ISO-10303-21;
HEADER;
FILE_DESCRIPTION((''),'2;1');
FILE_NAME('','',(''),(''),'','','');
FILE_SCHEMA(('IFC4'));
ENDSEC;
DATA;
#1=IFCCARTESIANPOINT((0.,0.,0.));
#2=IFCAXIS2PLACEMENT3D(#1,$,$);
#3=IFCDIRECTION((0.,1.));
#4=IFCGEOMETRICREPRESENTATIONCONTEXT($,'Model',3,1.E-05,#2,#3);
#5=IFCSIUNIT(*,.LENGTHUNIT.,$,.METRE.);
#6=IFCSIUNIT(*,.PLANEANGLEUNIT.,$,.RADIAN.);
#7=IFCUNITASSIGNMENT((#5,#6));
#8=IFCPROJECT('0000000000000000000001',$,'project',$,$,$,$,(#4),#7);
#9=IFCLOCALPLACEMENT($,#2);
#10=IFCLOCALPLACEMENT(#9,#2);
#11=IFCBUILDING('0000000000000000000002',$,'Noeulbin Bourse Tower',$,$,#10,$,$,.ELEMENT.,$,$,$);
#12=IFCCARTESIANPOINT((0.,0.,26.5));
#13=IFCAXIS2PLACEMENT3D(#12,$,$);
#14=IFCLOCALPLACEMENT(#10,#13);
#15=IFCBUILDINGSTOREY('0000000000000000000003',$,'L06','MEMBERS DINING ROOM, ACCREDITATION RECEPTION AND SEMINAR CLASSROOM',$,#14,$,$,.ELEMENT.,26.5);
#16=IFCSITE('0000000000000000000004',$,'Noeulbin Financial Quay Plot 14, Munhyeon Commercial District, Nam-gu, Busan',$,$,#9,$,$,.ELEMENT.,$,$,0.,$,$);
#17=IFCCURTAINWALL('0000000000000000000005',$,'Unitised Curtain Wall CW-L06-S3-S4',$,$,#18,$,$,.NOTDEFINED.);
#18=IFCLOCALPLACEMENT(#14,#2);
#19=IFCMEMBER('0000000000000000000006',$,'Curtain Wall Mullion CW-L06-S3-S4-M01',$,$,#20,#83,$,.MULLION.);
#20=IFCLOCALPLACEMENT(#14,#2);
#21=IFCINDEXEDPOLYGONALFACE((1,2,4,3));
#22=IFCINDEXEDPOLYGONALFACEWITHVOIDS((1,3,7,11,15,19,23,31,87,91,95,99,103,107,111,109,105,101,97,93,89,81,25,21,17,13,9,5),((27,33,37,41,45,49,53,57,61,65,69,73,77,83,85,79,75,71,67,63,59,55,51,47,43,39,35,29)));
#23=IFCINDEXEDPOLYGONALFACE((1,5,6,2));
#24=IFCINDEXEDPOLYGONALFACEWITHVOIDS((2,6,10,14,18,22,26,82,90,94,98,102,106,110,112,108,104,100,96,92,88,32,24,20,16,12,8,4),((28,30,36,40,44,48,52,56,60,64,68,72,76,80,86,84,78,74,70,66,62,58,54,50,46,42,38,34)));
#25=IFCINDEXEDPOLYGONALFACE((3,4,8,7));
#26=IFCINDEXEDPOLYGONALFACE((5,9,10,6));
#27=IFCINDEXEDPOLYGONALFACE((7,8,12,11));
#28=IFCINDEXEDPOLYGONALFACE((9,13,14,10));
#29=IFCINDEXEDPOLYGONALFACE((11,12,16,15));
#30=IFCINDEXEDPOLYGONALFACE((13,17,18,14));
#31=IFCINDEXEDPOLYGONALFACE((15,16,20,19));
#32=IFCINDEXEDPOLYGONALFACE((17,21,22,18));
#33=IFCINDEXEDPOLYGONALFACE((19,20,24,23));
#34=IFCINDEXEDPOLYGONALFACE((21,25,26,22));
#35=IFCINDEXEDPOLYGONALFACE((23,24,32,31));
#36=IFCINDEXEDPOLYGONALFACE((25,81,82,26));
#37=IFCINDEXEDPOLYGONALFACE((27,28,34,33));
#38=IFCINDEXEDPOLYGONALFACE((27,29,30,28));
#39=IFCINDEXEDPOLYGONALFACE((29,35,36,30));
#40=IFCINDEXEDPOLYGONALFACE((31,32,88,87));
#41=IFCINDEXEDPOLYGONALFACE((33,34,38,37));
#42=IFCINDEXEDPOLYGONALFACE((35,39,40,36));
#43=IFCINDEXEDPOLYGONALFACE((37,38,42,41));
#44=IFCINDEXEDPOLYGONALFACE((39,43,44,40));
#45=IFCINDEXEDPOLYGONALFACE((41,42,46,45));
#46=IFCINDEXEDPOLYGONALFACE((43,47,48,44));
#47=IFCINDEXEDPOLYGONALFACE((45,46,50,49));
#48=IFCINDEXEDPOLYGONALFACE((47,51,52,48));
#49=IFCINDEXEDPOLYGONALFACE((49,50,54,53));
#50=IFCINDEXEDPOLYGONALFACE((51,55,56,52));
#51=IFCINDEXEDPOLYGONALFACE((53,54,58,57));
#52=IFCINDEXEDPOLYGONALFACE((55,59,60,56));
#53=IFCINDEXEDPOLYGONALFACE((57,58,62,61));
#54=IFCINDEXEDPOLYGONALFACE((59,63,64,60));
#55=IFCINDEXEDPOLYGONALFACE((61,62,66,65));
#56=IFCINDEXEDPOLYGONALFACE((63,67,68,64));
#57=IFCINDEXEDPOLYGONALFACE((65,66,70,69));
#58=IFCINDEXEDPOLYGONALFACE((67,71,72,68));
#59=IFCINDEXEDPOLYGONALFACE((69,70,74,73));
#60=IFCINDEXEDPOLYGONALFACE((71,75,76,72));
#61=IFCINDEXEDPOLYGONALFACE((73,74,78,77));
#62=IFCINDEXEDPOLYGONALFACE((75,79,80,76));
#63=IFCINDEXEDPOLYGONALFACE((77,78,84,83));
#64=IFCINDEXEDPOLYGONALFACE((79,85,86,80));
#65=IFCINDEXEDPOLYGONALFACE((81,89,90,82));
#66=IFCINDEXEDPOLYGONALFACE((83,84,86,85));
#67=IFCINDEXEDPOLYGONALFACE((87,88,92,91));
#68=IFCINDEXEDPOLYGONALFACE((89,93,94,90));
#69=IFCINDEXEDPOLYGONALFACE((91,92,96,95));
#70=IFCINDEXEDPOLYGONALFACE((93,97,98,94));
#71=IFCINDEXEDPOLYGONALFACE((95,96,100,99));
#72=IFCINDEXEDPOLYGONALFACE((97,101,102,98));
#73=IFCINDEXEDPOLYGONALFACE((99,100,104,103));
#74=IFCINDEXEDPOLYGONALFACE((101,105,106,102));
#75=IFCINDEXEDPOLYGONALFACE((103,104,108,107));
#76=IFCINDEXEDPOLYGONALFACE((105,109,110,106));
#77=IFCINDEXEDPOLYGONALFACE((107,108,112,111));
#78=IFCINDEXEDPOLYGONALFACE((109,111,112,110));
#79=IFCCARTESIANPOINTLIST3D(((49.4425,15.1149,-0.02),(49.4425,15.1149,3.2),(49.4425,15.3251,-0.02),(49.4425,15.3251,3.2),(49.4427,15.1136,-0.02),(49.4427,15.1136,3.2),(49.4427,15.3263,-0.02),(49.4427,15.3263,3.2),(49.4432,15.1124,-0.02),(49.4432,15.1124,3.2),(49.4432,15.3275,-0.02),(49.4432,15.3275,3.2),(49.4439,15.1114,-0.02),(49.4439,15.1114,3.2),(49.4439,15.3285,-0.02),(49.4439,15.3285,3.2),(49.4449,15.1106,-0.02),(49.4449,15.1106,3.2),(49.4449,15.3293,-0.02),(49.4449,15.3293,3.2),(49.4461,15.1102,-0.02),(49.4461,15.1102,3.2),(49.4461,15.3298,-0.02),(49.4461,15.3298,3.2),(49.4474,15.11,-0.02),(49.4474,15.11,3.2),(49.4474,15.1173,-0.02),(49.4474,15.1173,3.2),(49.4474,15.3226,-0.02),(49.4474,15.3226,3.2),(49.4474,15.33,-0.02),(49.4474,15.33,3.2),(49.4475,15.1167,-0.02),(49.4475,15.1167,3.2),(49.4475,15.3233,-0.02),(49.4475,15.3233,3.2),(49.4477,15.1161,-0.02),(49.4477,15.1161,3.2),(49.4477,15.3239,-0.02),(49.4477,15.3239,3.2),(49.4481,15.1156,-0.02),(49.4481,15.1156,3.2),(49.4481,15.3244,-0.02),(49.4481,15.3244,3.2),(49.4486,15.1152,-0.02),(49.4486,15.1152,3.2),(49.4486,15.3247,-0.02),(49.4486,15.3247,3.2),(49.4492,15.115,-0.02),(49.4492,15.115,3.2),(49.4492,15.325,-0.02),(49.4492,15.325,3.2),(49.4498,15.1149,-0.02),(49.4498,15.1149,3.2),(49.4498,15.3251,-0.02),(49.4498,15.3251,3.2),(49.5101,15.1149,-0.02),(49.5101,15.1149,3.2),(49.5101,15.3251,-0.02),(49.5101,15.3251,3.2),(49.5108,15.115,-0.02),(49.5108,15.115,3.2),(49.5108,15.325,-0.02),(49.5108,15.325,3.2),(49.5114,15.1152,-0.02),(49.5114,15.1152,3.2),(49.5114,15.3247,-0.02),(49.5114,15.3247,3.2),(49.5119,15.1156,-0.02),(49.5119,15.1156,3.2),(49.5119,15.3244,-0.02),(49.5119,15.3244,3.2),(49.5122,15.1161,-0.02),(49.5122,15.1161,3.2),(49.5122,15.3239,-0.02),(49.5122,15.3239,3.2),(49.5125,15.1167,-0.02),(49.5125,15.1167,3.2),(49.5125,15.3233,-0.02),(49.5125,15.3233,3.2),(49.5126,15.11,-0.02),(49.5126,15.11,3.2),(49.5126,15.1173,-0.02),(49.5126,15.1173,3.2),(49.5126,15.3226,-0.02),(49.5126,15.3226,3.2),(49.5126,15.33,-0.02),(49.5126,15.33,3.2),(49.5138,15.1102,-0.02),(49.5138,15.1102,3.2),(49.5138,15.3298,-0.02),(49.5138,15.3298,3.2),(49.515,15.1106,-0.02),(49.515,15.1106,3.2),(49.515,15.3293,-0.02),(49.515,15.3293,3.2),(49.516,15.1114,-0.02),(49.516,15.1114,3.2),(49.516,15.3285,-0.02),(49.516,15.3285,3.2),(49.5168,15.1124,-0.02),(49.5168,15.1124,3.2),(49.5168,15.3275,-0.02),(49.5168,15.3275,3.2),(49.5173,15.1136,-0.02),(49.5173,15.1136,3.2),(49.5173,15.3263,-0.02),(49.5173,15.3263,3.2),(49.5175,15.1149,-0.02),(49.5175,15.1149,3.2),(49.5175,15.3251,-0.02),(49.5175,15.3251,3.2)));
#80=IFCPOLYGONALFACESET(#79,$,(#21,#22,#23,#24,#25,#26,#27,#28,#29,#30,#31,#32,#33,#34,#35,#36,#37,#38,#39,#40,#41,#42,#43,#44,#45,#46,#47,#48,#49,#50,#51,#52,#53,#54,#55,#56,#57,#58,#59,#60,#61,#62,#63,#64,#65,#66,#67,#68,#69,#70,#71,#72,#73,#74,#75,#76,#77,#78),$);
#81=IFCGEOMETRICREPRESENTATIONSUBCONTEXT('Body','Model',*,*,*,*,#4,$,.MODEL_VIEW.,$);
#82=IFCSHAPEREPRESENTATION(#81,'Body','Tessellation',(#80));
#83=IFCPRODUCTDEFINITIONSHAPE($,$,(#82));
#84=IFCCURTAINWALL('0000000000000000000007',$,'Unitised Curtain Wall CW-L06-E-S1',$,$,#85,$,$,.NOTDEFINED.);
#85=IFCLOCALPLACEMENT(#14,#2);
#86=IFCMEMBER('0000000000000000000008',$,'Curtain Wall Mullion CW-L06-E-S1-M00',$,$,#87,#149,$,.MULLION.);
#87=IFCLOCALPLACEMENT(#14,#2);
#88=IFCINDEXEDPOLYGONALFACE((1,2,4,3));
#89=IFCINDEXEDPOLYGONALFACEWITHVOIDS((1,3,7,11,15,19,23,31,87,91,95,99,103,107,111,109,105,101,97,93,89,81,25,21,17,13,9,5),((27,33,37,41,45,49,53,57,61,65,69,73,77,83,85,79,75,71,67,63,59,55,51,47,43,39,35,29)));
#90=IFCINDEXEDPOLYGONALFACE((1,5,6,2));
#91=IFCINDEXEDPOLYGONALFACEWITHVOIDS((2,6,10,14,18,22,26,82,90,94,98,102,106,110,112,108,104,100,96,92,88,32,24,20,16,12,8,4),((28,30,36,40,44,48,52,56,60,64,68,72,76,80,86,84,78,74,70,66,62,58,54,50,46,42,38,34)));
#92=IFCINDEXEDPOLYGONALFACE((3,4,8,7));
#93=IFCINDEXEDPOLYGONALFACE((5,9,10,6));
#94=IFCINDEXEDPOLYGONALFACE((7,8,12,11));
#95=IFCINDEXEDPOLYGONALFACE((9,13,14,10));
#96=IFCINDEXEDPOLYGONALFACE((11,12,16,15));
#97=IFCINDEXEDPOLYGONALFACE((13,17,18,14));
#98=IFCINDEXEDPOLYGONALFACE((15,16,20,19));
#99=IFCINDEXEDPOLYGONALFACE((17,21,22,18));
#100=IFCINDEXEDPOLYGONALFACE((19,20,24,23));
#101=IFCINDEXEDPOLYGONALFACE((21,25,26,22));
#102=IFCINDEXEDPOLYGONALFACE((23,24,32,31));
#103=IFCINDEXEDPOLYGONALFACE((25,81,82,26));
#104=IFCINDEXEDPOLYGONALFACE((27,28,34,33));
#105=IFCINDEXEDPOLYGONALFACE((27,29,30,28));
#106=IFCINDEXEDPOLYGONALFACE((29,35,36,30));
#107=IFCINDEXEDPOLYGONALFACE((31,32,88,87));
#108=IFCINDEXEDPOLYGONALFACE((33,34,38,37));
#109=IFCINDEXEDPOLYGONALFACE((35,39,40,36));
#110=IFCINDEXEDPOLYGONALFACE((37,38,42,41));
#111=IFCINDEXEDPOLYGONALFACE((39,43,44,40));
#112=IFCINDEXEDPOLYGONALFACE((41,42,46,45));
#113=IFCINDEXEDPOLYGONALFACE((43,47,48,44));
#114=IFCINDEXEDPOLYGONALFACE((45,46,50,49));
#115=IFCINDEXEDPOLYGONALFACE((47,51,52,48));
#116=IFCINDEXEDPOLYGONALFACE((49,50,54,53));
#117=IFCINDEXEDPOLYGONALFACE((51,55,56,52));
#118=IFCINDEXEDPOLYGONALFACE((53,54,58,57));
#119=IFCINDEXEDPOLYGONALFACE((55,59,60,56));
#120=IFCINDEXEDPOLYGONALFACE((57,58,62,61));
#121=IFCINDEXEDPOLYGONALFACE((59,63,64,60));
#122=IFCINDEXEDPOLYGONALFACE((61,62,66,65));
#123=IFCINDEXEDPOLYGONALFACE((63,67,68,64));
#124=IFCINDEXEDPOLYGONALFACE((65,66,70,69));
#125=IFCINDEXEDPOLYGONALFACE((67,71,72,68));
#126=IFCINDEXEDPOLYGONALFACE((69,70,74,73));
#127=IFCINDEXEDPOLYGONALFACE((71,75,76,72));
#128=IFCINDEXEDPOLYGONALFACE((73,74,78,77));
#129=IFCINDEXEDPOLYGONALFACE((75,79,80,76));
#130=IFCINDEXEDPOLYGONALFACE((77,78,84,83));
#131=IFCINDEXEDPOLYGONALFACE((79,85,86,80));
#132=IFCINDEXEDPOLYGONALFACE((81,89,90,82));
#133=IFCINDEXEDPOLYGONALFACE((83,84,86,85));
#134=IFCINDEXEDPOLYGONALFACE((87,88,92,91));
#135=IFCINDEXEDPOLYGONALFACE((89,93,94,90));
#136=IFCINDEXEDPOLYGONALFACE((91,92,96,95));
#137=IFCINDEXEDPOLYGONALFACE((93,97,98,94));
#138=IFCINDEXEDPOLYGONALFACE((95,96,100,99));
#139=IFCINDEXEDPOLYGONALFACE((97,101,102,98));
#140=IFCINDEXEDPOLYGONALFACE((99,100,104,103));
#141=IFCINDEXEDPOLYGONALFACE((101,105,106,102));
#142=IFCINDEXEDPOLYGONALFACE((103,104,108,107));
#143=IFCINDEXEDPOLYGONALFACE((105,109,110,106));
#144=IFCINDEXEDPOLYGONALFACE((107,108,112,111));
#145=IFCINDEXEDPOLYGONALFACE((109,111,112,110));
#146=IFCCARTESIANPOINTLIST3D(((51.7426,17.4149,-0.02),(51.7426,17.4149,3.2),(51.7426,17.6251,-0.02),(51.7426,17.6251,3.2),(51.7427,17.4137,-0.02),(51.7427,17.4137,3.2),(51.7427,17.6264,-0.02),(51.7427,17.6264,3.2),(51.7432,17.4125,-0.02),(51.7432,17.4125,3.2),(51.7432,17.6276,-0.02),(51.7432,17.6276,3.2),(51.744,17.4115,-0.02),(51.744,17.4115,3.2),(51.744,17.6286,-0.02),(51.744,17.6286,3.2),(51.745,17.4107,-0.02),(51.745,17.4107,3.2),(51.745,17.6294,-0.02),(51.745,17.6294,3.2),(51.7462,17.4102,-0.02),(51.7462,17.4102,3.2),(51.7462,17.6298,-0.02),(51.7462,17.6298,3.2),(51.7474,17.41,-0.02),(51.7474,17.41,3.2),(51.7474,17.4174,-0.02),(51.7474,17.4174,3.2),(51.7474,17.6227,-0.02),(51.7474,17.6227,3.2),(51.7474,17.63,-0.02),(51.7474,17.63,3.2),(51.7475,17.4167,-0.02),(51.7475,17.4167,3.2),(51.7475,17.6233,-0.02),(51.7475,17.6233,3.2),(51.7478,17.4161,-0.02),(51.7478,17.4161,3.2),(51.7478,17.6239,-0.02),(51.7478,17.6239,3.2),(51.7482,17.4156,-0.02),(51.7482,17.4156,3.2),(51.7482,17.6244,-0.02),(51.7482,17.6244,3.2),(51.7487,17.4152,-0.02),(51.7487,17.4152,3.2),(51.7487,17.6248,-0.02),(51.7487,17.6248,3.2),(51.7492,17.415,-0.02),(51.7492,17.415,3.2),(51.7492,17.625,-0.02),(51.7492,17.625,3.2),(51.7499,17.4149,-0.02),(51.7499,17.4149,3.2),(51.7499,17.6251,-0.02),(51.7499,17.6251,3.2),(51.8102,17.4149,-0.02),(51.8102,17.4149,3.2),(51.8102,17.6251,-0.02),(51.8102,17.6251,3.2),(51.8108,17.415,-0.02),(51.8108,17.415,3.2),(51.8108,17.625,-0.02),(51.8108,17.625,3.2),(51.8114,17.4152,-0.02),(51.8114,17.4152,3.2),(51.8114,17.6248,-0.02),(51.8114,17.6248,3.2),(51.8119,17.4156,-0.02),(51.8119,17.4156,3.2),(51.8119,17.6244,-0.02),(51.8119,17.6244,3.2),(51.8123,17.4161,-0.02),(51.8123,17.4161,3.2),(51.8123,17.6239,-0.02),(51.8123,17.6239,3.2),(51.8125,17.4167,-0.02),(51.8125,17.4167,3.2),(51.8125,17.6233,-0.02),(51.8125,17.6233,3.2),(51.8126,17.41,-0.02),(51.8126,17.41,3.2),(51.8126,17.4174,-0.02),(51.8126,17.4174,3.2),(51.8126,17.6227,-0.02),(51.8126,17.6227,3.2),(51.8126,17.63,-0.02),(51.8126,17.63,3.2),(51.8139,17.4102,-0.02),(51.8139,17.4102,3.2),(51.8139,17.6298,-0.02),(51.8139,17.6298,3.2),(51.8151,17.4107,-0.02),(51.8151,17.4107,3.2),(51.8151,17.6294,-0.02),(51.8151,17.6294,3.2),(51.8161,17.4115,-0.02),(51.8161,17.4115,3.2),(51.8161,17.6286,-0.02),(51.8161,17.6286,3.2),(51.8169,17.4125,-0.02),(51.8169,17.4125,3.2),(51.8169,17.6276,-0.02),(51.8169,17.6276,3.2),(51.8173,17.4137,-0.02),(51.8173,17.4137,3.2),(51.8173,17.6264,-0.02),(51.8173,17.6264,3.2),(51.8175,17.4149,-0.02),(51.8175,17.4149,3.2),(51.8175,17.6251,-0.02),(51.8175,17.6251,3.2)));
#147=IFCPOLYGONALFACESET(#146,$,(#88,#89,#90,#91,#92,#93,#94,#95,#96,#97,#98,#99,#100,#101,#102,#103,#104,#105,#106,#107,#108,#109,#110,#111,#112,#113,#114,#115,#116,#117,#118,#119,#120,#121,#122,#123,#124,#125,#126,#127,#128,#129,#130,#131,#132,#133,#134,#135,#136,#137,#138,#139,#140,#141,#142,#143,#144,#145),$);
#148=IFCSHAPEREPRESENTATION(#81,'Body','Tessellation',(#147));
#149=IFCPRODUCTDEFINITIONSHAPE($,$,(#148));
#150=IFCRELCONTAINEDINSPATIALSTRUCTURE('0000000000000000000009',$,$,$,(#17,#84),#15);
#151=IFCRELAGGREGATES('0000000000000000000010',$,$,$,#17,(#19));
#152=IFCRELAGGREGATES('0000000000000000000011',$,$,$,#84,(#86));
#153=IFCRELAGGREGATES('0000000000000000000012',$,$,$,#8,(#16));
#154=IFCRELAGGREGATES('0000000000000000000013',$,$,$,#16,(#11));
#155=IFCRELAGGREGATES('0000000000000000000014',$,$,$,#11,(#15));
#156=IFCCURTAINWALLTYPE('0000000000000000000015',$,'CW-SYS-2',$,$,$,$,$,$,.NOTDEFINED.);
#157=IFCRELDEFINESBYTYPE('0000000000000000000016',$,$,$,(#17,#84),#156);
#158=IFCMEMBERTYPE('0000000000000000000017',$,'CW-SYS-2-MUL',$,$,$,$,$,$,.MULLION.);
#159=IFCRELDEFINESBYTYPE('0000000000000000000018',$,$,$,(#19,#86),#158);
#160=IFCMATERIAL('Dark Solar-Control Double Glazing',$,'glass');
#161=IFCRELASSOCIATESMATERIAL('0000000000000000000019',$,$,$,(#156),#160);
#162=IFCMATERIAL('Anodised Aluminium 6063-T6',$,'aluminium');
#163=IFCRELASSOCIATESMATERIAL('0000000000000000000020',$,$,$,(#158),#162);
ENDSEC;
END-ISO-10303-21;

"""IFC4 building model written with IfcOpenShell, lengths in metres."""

from ifc_helpers import new_model, si_unit, direction, frame, origin, origin_2d, place, context, subcontext, project, spatial, hollow_rectangle, extrude, material, material_profile, profile_set, type_object, element, aggregate, save


model = new_model("IFC4")

# Units and contexts
model_context = context("Model", 3, precision=1e-05, world=origin(), true_north=direction((0.0, 1.0)))
body_context = subcontext(model_context, "Body", "Model", "MODEL_VIEW")
ifc_project = project(units=[si_unit("LENGTHUNIT", "METRE"), si_unit("PLANEANGLEUNIT", "RADIAN")], contexts=[model_context])

# Site, building, storey
site_placement = place(None, origin())
site = spatial("IfcSite", under=ifc_project, at=site_placement, Name="Noeulbin Financial Quay Plot 14, Munhyeon Commercial District, Nam-gu, Busan", CompositionType="ELEMENT", RefElevation=0.0)
building_placement = place(site_placement, origin())
building = spatial("IfcBuilding", under=site, at=building_placement, Name="Noeulbin Bourse Tower", CompositionType="ELEMENT")
storey_placement = place(building_placement, frame((0.0, 0.0, 26.5)))
storey = spatial("IfcBuildingStorey", under=building, at=storey_placement, Name="L06", Description="MEMBERS DINING ROOM, ACCREDITATION RECEPTION AND SEMINAR CLASSROOM", CompositionType="ELEMENT", Elevation=26.5)

# Shared definitions
ifc_material_1 = material(Name="Dark Solar-Control Double Glazing", Category="glass")
curtain_wall_type = type_object("IfcCurtainWallType", Name="CW-SYS-2", PredefinedType="NOTDEFINED", material=ifc_material_1)
ifc_material_2 = material(Name="Anodised Aluminium 6063-T6", Category="aluminium")
ifc_material_profile_1 = material_profile(ifc_material_2, hollow_rectangle(XDim=0.075, YDim=0.22, WallThickness=0.0049, InnerFilletRadius=0.0024, OuterFilletRadius=0.0049, at=origin_2d()), Name="ALU-MULL-75x220x5", Category="LoadBearing")
ifc_profile_set_1 = profile_set([ifc_material_profile_1], Name="Anodised Aluminium 6063-T6")
member_type_1 = type_object("IfcMemberType", Name="CW-SYS-2-MUL", PredefinedType="MULLION", material=ifc_profile_set_1)

# Curtain walls, members
curtain_wall_1_placement = place(storey_placement, origin())
curtain_wall_1 = element("IfcCurtainWall", 1, at=curtain_wall_1_placement, inside=storey, type_object=curtain_wall_type, Name="Unitised Curtain Wall CW-L06-S3-S4", PredefinedType="NOTDEFINED")
member_1_placement = place(storey_placement, frame((49.48, 15.22, -0.02), z_axis=(0.0, 0.0, 1.0), x_axis=(1.0, 0.0, 0.0)))
member_1 = element("IfcMember", 2, at=member_1_placement, type_object=member_type_1, Name="Curtain Wall Mullion CW-L06-S3-S4-M01", PredefinedType="MULLION", context=body_context, shape_type="SweptSolid", body=[
    extrude(hollow_rectangle(XDim=0.075, YDim=0.22, WallThickness=0.0049, InnerFilletRadius=0.0024, OuterFilletRadius=0.0049, at=origin_2d()), origin(), (0.0, 0.0, 1.0), 3.22),
])
curtain_wall_2_placement = place(storey_placement, origin())
curtain_wall_2 = element("IfcCurtainWall", 3, at=curtain_wall_2_placement, inside=storey, type_object=curtain_wall_type, Name="Unitised Curtain Wall CW-L06-E-S1", PredefinedType="NOTDEFINED")
member_2_placement = place(storey_placement, frame((51.78, 17.52, -0.02), z_axis=(0.0, 0.0, 1.0), x_axis=(1.0, 0.0, 0.0)))
member_2 = element("IfcMember", 4, at=member_2_placement, type_object=member_type_1, Name="Curtain Wall Mullion CW-L06-E-S1-M00", PredefinedType="MULLION", context=body_context, shape_type="SweptSolid", body=[
    extrude(hollow_rectangle(XDim=0.075, YDim=0.22, WallThickness=0.0049, InnerFilletRadius=0.0024, OuterFilletRadius=0.0049, at=origin_2d()), origin(), (0.0, 0.0, 1.0), 3.22),
])

aggregate(curtain_wall_1, [member_1])
aggregate(curtain_wall_2, [member_2])

save(model, "model.ifc")
